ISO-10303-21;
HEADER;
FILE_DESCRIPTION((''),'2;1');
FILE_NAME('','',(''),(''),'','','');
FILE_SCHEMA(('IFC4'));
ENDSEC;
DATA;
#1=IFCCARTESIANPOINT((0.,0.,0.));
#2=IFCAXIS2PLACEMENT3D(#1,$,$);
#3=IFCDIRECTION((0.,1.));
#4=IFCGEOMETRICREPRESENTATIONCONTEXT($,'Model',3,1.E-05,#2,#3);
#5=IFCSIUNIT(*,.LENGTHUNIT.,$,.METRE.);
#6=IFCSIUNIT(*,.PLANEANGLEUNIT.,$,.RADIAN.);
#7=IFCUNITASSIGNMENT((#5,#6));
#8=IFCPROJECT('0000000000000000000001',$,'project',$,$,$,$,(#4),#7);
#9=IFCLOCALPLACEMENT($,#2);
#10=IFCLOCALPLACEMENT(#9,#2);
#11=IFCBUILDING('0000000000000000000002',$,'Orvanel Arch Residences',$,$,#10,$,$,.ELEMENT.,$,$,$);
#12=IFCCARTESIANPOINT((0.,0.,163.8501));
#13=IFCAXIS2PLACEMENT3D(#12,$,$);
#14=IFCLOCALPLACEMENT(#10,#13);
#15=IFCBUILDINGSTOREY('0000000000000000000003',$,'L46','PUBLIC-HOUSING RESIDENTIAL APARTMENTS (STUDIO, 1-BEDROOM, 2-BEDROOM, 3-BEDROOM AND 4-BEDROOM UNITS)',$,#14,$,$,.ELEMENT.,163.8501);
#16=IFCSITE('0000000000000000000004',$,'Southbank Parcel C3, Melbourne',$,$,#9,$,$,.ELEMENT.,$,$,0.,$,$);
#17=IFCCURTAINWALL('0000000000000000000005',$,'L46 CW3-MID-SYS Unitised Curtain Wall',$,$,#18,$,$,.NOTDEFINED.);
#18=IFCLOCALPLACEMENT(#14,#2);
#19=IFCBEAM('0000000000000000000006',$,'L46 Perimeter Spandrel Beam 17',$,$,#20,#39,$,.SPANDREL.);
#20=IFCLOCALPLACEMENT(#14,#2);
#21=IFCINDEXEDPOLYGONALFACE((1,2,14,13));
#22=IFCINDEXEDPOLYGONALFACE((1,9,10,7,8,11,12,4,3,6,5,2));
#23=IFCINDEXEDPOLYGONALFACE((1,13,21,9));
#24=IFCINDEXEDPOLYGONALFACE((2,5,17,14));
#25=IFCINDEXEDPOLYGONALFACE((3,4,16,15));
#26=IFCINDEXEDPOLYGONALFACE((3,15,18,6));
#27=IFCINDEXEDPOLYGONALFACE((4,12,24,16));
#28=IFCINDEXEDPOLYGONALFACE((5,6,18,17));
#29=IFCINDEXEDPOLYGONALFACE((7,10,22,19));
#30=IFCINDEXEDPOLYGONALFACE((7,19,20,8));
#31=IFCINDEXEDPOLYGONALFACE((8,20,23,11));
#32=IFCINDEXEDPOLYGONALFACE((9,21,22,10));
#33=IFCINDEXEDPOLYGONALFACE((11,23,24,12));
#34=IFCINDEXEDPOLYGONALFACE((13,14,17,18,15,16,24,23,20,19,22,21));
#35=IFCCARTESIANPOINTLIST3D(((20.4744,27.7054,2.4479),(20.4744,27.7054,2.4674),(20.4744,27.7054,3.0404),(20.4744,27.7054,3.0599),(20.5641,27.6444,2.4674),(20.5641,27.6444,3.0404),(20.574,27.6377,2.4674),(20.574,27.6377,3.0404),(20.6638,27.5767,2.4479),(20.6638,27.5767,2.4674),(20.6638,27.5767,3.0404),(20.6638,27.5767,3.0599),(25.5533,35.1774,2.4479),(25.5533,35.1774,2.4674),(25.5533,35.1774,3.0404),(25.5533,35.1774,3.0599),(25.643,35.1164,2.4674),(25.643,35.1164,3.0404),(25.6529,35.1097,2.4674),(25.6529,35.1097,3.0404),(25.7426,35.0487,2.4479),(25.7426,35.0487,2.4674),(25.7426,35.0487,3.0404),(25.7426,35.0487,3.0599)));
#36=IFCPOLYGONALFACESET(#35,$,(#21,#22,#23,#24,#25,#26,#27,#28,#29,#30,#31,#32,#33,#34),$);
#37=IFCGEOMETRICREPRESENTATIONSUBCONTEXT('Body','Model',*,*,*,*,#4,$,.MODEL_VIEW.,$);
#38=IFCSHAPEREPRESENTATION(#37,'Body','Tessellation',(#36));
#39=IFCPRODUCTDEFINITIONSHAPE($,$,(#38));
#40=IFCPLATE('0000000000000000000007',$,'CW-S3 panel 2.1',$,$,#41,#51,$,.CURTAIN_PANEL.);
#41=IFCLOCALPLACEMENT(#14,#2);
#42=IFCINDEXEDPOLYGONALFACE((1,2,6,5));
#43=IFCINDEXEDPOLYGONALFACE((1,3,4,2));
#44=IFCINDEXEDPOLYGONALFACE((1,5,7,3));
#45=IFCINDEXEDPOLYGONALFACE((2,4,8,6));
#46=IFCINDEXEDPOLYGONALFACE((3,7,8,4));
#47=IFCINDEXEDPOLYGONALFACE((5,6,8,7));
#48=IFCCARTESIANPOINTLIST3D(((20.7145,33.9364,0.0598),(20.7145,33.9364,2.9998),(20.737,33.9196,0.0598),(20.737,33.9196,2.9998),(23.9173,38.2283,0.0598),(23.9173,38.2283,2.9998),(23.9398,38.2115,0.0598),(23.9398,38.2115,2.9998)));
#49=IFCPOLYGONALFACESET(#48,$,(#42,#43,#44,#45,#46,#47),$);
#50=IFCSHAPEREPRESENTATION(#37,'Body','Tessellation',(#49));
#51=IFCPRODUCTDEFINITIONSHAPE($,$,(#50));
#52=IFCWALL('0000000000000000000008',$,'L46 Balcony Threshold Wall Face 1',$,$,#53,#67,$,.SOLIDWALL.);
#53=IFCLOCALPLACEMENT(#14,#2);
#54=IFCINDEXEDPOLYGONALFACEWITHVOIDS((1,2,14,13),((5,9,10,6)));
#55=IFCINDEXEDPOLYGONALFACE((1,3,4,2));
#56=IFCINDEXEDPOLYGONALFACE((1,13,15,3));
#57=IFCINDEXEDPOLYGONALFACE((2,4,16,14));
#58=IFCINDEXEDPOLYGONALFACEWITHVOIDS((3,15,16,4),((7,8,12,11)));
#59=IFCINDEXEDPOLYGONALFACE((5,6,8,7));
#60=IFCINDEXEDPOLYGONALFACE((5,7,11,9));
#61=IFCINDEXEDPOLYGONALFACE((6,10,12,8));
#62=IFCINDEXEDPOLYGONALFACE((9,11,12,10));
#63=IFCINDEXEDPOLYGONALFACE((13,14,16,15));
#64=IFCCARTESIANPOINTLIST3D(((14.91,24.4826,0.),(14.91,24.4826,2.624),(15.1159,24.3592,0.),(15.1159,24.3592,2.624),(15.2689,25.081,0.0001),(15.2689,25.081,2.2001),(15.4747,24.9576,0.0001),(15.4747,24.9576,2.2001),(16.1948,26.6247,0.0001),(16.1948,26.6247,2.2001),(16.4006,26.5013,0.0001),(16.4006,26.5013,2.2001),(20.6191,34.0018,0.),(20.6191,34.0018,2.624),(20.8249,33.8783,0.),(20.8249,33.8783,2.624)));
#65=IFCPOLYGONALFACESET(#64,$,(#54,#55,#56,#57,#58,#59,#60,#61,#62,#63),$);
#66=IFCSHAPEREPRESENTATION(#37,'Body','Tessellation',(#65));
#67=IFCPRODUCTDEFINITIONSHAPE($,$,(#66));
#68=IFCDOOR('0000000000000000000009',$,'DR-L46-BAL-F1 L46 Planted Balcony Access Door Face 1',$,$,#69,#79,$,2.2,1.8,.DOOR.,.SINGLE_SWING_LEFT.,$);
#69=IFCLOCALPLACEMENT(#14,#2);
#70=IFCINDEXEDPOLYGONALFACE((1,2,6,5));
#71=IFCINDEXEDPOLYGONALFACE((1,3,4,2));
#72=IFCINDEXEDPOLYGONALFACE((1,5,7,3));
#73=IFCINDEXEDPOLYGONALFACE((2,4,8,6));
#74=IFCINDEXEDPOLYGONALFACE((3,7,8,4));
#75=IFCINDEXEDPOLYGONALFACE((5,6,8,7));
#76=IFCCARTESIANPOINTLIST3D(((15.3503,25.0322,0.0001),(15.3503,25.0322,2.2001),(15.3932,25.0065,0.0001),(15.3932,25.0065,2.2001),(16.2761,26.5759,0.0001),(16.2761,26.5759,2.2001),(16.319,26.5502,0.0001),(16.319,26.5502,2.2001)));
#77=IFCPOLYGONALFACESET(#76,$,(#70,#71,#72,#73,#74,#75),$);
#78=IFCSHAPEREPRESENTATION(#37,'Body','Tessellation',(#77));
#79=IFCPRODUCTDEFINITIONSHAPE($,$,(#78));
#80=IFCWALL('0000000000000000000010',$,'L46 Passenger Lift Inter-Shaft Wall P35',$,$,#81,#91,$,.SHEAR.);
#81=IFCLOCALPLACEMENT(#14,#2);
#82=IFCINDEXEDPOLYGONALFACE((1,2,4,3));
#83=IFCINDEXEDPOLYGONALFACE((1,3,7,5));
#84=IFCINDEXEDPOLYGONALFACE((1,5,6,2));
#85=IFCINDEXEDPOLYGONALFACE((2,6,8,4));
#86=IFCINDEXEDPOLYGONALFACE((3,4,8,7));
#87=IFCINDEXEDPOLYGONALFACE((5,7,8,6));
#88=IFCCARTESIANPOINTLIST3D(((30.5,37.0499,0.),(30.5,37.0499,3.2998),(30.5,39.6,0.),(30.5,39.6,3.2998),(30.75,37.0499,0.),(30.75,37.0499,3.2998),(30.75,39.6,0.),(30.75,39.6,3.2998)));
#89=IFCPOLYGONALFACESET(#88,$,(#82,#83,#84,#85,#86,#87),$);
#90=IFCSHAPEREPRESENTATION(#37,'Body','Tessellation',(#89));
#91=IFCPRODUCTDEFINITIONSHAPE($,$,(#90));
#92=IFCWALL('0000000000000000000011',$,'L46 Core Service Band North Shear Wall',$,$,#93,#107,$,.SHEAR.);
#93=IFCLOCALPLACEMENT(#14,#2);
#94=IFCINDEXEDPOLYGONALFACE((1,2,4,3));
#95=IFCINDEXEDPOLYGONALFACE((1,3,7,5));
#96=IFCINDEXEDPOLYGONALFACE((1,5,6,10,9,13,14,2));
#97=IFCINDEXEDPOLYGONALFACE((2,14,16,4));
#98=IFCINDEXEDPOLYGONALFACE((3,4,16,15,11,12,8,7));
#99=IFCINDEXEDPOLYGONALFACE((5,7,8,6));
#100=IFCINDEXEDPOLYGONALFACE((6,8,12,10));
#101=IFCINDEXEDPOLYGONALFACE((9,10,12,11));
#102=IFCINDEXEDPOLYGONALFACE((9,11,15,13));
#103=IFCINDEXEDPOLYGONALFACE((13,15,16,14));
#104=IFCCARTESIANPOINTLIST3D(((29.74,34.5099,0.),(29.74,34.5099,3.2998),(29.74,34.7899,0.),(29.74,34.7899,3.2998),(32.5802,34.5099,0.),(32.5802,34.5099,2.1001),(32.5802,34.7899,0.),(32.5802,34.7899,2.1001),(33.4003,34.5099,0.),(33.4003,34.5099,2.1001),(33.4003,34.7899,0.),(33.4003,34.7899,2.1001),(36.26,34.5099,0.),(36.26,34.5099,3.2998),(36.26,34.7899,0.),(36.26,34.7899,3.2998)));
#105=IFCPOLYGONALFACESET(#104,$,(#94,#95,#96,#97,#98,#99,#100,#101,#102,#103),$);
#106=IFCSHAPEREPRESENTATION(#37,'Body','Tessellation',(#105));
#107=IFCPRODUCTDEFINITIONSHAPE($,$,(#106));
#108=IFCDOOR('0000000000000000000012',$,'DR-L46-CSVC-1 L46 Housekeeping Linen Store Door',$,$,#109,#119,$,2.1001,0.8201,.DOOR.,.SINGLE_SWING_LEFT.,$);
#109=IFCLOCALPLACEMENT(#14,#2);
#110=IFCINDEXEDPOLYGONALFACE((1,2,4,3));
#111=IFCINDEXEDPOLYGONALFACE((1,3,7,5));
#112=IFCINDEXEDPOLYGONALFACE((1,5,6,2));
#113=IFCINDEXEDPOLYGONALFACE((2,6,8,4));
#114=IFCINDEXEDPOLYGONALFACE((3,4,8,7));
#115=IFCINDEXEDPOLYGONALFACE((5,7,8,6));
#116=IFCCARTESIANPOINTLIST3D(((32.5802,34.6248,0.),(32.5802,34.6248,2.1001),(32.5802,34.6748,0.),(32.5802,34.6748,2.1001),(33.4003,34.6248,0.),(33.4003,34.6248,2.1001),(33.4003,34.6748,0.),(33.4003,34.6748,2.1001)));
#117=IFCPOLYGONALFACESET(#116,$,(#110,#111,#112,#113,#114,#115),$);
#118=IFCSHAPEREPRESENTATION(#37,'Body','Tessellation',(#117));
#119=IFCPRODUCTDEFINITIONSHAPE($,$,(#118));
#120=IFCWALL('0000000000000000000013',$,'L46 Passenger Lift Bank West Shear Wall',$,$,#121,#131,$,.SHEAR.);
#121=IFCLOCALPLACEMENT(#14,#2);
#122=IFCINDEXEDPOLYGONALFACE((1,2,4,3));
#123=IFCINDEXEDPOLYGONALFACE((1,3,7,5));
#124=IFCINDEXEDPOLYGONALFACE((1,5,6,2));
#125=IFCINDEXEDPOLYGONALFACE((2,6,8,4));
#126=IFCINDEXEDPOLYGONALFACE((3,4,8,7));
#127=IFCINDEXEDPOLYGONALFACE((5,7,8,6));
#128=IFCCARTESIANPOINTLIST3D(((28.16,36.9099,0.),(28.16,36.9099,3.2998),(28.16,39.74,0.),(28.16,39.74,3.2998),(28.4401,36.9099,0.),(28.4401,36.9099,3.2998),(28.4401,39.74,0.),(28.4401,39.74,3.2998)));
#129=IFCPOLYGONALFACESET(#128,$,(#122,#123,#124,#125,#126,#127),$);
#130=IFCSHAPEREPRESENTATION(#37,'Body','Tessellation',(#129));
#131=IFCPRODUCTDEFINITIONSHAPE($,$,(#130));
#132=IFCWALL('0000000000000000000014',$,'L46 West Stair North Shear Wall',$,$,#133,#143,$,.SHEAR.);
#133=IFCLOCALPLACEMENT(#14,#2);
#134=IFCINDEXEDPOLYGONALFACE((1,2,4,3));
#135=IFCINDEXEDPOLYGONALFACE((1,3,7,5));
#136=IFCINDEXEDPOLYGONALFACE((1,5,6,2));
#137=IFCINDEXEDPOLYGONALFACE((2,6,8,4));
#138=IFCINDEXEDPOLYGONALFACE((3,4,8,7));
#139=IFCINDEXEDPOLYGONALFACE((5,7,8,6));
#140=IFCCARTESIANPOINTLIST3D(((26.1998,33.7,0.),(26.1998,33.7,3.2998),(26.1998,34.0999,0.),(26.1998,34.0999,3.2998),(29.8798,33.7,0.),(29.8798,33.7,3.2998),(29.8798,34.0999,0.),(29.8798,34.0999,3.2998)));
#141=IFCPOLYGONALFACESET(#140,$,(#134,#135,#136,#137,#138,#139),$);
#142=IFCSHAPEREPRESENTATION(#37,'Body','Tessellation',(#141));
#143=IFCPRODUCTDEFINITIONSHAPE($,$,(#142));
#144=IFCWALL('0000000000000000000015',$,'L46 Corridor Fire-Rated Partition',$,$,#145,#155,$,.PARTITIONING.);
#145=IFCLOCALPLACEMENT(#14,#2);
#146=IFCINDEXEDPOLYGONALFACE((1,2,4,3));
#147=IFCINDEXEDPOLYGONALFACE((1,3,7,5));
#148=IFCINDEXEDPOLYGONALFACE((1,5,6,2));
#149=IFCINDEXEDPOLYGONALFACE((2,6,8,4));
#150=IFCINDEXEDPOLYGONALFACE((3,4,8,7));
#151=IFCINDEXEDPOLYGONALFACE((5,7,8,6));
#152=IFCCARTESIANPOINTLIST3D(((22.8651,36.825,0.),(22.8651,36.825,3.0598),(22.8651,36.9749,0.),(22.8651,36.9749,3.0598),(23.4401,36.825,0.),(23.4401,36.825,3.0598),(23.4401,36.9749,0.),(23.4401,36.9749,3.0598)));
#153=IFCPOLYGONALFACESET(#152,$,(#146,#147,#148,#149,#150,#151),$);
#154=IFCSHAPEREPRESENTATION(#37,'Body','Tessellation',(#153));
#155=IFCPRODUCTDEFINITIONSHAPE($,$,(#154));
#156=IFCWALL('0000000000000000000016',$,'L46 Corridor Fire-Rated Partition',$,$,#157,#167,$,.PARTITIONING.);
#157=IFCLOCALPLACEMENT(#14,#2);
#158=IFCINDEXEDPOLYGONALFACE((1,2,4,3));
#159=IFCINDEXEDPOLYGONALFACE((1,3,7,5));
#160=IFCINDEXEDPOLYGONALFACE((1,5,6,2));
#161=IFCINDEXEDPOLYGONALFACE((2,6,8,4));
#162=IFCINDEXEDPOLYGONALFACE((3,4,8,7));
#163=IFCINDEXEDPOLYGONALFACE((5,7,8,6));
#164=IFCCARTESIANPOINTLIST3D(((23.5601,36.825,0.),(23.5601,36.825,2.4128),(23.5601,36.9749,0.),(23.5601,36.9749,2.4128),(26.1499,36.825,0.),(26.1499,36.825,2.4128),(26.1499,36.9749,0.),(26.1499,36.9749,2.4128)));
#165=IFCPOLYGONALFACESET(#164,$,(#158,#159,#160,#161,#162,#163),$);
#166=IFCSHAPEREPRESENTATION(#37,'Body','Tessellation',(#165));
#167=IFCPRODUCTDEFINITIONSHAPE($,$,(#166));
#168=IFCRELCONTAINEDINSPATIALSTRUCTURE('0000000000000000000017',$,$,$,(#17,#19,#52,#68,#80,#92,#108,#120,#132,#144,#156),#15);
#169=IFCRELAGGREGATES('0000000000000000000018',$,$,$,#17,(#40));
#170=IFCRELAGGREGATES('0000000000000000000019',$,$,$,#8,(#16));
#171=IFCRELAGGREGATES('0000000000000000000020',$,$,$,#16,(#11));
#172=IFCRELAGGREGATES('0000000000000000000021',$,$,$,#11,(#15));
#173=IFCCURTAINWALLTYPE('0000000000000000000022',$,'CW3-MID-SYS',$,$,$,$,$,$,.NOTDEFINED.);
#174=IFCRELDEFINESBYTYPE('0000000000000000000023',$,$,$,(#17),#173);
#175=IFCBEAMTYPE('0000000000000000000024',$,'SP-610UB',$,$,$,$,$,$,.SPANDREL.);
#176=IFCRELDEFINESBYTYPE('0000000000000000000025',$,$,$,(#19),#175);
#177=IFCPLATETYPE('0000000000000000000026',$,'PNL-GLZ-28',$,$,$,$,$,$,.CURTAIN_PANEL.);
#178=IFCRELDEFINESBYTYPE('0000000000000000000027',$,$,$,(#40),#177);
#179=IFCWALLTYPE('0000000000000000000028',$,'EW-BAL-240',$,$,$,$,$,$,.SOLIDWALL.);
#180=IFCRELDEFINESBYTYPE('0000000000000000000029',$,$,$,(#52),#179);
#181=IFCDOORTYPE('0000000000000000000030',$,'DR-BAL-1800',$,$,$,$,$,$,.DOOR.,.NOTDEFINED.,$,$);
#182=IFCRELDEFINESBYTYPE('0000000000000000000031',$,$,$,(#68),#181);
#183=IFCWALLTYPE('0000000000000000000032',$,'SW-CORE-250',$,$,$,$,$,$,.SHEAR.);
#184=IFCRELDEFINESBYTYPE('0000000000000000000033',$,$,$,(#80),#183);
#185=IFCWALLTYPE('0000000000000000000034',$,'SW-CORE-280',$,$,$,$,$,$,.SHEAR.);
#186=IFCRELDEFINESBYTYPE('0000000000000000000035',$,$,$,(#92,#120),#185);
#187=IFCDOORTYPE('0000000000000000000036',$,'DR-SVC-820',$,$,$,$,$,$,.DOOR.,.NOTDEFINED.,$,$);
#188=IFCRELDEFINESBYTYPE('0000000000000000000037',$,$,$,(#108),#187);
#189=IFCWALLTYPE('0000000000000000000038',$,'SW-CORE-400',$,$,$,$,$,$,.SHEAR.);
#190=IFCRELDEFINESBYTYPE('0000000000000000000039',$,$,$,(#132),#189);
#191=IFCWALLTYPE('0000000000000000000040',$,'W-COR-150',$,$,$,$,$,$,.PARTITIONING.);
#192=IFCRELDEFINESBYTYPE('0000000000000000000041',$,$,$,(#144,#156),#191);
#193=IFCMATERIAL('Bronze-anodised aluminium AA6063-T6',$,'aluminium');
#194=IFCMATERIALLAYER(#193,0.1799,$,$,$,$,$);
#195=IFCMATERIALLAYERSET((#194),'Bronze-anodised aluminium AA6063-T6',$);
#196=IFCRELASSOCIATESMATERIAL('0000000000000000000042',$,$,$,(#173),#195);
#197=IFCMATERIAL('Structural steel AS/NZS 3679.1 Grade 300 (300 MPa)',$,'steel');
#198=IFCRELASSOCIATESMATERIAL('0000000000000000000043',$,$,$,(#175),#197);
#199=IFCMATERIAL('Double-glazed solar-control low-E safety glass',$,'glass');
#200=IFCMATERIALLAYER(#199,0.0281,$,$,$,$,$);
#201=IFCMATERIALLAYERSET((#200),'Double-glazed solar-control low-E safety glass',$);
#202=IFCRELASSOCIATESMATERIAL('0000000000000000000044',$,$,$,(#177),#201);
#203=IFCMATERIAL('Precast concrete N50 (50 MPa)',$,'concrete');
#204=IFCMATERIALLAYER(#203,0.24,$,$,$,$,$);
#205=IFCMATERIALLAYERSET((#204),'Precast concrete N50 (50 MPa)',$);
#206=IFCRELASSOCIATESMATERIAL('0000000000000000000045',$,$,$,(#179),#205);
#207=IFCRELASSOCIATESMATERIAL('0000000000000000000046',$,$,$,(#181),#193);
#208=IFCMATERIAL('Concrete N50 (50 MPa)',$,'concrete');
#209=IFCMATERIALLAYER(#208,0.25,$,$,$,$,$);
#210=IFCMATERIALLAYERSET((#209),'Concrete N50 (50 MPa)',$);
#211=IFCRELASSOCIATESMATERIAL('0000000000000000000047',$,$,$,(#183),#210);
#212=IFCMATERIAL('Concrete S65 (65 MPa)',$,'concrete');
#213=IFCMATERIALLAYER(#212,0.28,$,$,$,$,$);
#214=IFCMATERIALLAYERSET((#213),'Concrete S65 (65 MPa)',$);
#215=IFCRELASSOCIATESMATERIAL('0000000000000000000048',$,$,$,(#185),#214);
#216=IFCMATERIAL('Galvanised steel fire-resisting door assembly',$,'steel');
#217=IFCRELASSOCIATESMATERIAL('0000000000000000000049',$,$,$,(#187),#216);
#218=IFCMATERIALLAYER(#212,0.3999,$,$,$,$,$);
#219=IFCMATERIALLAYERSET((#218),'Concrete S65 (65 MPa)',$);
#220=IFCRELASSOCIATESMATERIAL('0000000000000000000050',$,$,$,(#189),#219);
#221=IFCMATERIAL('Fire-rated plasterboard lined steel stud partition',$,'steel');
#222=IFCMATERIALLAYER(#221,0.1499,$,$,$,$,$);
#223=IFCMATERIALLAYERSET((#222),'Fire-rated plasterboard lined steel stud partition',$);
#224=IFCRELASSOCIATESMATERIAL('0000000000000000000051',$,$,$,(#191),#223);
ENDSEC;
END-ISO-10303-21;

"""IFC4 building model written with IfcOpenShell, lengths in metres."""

from ifc_helpers import new_model, si_unit, direction, frame, frame_2d, origin, origin_2d, place, context, subcontext, project, spatial, rectangle, i_section, extrude, material, layer, layer_set, material_profile, profile_set, type_object, element, fill, aggregate, save


model = new_model("IFC4")

# Units and contexts
model_context = context("Model", 3, precision=1e-05, world=origin(), true_north=direction((0.0, 1.0)))
body_context = subcontext(model_context, "Body", "Model", "MODEL_VIEW")
ifc_project = project(units=[si_unit("LENGTHUNIT", "METRE"), si_unit("PLANEANGLEUNIT", "RADIAN")], contexts=[model_context])

# Site, building, storey
site_placement = place(None, origin())
site = spatial("IfcSite", under=ifc_project, at=site_placement, Name="Southbank Parcel C3, Melbourne", CompositionType="ELEMENT", RefElevation=0.0)
building_placement = place(site_placement, origin())
building = spatial("IfcBuilding", under=site, at=building_placement, Name="Orvanel Arch Residences", CompositionType="ELEMENT")
storey_placement = place(building_placement, frame((0.0, 0.0, 163.8501)))
storey = spatial("IfcBuildingStorey", under=building, at=storey_placement, Name="L46", Description="PUBLIC-HOUSING RESIDENTIAL APARTMENTS (STUDIO, 1-BEDROOM, 2-BEDROOM, 3-BEDROOM AND 4-BEDROOM UNITS)", CompositionType="ELEMENT", Elevation=163.8501)

# Shared definitions
ifc_material_1 = material(Name="Structural steel AS/NZS 3679.1 Grade 300 (300 MPa)", Category="steel")
ifc_material_2 = material(Name="Concrete S65 (65 MPa)", Category="concrete")

# Curtain wall
ifc_material_3 = material(Name="Bronze-anodised aluminium AA6063-T6", Category="aluminium")
ifc_layer_1 = layer(ifc_material_3, 0.1799)
ifc_layer_set_1 = layer_set([ifc_layer_1], Name="Bronze-anodised aluminium AA6063-T6")
curtain_wall_type = type_object("IfcCurtainWallType", Name="CW3-MID-SYS", PredefinedType="NOTDEFINED", material=ifc_layer_set_1)
curtain_wall_placement = place(storey_placement, origin())
curtain_wall = element("IfcCurtainWall", 1, at=curtain_wall_placement, inside=storey, type_object=curtain_wall_type, Name="L46 CW3-MID-SYS Unitised Curtain Wall", PredefinedType="NOTDEFINED")

# Beam
ifc_material_profile_1 = material_profile(ifc_material_1, i_section(OverallWidth=0.229, OverallDepth=0.6121, WebThickness=0.012, FlangeThickness=0.0195, at=origin_2d()), Name="610UB125")
ifc_profile_set_1 = profile_set([ifc_material_profile_1], Name="Structural steel AS/NZS 3679.1 Grade 300 (300 MPa)")
beam_type_1 = type_object("IfcBeamType", Name="SP-610UB", PredefinedType="SPANDREL", material=ifc_profile_set_1)
beam_1_placement = place(storey_placement, frame((25.6479, 35.113, 2.7539), z_axis=(-0.562155, -0.827032, 0.0), x_axis=(0.827032, -0.562155, 0.0)))
element("IfcBeam", 2, at=beam_1_placement, inside=storey, type_object=beam_type_1, Name="L46 Perimeter Spandrel Beam 17", PredefinedType="SPANDREL", context=body_context, shape_type="SweptSolid", body=[
    extrude(i_section(OverallWidth=0.229, OverallDepth=0.6121, WebThickness=0.012, FlangeThickness=0.0195, at=origin_2d()), origin(), (0.0, 0.0, 1.0), 9.0347),
])

# Plate
ifc_material_4 = material(Name="Double-glazed solar-control low-E safety glass", Category="glass")
ifc_layer_2 = layer(ifc_material_4, 0.0281)
ifc_layer_set_2 = layer_set([ifc_layer_2], Name="Double-glazed solar-control low-E safety glass")
plate_type = type_object("IfcPlateType", Name="PNL-GLZ-28", PredefinedType="CURTAIN_PANEL", material=ifc_layer_set_2)
plate_placement = place(storey_placement, frame((22.3271, 36.074, 0.0598), z_axis=(0.0, 0.0, 1.0), x_axis=(-0.598064, -0.801448, 0.0)))
plate = element("IfcPlate", 3, at=plate_placement, type_object=plate_type, Name="CW-S3 panel 2.1", PredefinedType="CURTAIN_PANEL", context=body_context, shape_type="SweptSolid", body=[
    extrude(rectangle(XDim=5.3552, YDim=0.0281, at=origin_2d()), origin(), (0.0, 0.0, 1.0), 2.9399),
])
aggregate(curtain_wall, [plate])

# Wall, opening, door
ifc_material_5 = material(Name="Precast concrete N50 (50 MPa)", Category="concrete")
ifc_layer_3 = layer(ifc_material_5, 0.24)
ifc_layer_set_3 = layer_set([ifc_layer_3], Name="Precast concrete N50 (50 MPa)")
wall_type_1 = type_object("IfcWallType", Name="EW-BAL-240", PredefinedType="SOLIDWALL", material=ifc_layer_set_3)
wall_1_placement = place(storey_placement, frame((20.7219, 33.9399, 0.0), z_axis=(0.0, 0.0, 1.0), x_axis=(-0.514334, -0.85759, 0.0)))
wall_1 = element("IfcWall", 4, at=wall_1_placement, inside=storey, type_object=wall_type_1, Name="L46 Balcony Threshold Wall Face 1", PredefinedType="SOLIDWALL", context=body_context, shape_type="SweptSolid", body=[
    extrude(rectangle(XDim=11.0999, YDim=0.24, at=frame_2d((5.5498, 0.0))), origin(), (0.0, 0.0, 1.0), 2.624),
])
opening_1_placement = place(wall_1_placement, frame((8.6021, 0.0, 0.0)))
opening_1 = element("IfcOpeningElement", 5, at=opening_1_placement, cuts=wall_1, PredefinedType="OPENING", context=body_context, shape_type="SweptSolid", body=[
    extrude(rectangle(XDim=1.8, YDim=2.2, at=frame_2d((0.8999, 1.1001))), frame((0.0, 0.1299, 0.0), z_axis=(0.0, -1.0, 0.0), x_axis=(1.0, 0.0, 0.0)), (0.0, 0.0, 1.0), 0.26),
])
door_type_1 = type_object("IfcDoorType", Name="DR-BAL-1800", OperationType="NOTDEFINED", PredefinedType="DOOR", material=ifc_material_3)
door_1_placement = place(opening_1_placement, origin())
door_1 = element("IfcDoor", 6, at=door_1_placement, inside=storey, type_object=door_type_1, Name="DR-L46-BAL-F1 L46 Planted Balcony Access Door Face 1", OperationType="SINGLE_SWING_LEFT", OverallHeight=2.2, OverallWidth=1.8, PredefinedType="DOOR", context=body_context, shape_type="SweptSolid", body=[
    extrude(rectangle(XDim=1.8, YDim=2.2, at=frame_2d((0.8999, 1.1001))), frame((0.0, 0.0249, 0.0), z_axis=(0.0, -1.0, 0.0), x_axis=(1.0, 0.0, 0.0)), (0.0, 0.0, 1.0), 0.05),
])
fill(opening_1, door_1)

# Wall
ifc_material_6 = material(Name="Concrete N50 (50 MPa)", Category="concrete")
ifc_layer_4 = layer(ifc_material_6, 0.25)
ifc_layer_set_4 = layer_set([ifc_layer_4], Name="Concrete N50 (50 MPa)")
wall_type_2 = type_object("IfcWallType", Name="SW-CORE-250", PredefinedType="SHEAR", material=ifc_layer_set_4)
wall_2_placement = place(storey_placement, frame((30.625, 37.05, 0.0), z_axis=(0.0, 0.0, 1.0), x_axis=(0.0, 1.0, 0.0)))
element("IfcWall", 7, at=wall_2_placement, inside=storey, type_object=wall_type_2, Name="L46 Passenger Lift Inter-Shaft Wall P35", PredefinedType="SHEAR", context=body_context, shape_type="SweptSolid", body=[
    extrude(rectangle(XDim=2.55, YDim=0.25, at=frame_2d((1.2749, 0.0))), origin(), (0.0, 0.0, 1.0), 3.2998),
])

# Wall, opening, door
ifc_layer_5 = layer(ifc_material_2, 0.28)
ifc_layer_set_5 = layer_set([ifc_layer_5], Name="Concrete S65 (65 MPa)")
wall_type_3 = type_object("IfcWallType", Name="SW-CORE-280", PredefinedType="SHEAR", material=ifc_layer_set_5)
wall_3_placement = place(storey_placement, frame((29.74, 34.6499, 0.0), z_axis=(0.0, 0.0, 1.0), x_axis=(1.0, 0.0, 0.0)))
wall_3 = element("IfcWall", 8, at=wall_3_placement, inside=storey, type_object=wall_type_3, Name="L46 Core Service Band North Shear Wall", PredefinedType="SHEAR", context=body_context, shape_type="SweptSolid", body=[
    extrude(rectangle(XDim=6.52, YDim=0.28, at=frame_2d((3.26, 0.0))), origin(), (0.0, 0.0, 1.0), 3.2998),
])
opening_2_placement = place(wall_3_placement, frame((2.8401, 0.0, 0.0)))
opening_2 = element("IfcOpeningElement", 9, at=opening_2_placement, cuts=wall_3, PredefinedType="OPENING", context=body_context, shape_type="SweptSolid", body=[
    extrude(rectangle(XDim=0.8201, YDim=2.1001, at=frame_2d((0.4102, 1.05))), frame((0.0, 0.1499, 0.0), z_axis=(0.0, -1.0, 0.0), x_axis=(1.0, 0.0, 0.0)), (0.0, 0.0, 1.0), 0.3),
])
ifc_material_7 = material(Name="Galvanised steel fire-resisting door assembly", Category="steel")
door_type_2 = type_object("IfcDoorType", Name="DR-SVC-820", OperationType="NOTDEFINED", PredefinedType="DOOR", material=ifc_material_7)
door_2_placement = place(opening_2_placement, origin())
door_2 = element("IfcDoor", 10, at=door_2_placement, inside=storey, type_object=door_type_2, Name="DR-L46-CSVC-1 L46 Housekeeping Linen Store Door", OperationType="SINGLE_SWING_LEFT", OverallHeight=2.1001, OverallWidth=0.8201, PredefinedType="DOOR", context=body_context, shape_type="SweptSolid", body=[
    extrude(rectangle(XDim=0.8201, YDim=2.1001, at=frame_2d((0.4102, 1.05))), frame((0.0, 0.0249, 0.0), z_axis=(0.0, -1.0, 0.0), x_axis=(1.0, 0.0, 0.0)), (0.0, 0.0, 1.0), 0.05),
])
fill(opening_2, door_2)

# Walls
wall_4_placement = place(storey_placement, frame((28.3, 36.9099, 0.0), z_axis=(0.0, 0.0, 1.0), x_axis=(0.0, 1.0, 0.0)))
element("IfcWall", 11, at=wall_4_placement, inside=storey, type_object=wall_type_3, Name="L46 Passenger Lift Bank West Shear Wall", PredefinedType="SHEAR", context=body_context, shape_type="SweptSolid", body=[
    extrude(rectangle(XDim=2.8301, YDim=0.28, at=frame_2d((1.415, 0.0))), origin(), (0.0, 0.0, 1.0), 3.2998),
])
ifc_layer_6 = layer(ifc_material_2, 0.3999)
ifc_layer_set_6 = layer_set([ifc_layer_6], Name="Concrete S65 (65 MPa)")
wall_type_4 = type_object("IfcWallType", Name="SW-CORE-400", PredefinedType="SHEAR", material=ifc_layer_set_6)
wall_5_placement = place(storey_placement, frame((26.2, 33.8999, 0.0), z_axis=(0.0, 0.0, 1.0), x_axis=(1.0, 0.0, 0.0)))
element("IfcWall", 12, at=wall_5_placement, inside=storey, type_object=wall_type_4, Name="L46 West Stair North Shear Wall", PredefinedType="SHEAR", context=body_context, shape_type="SweptSolid", body=[
    extrude(rectangle(XDim=3.6799, YDim=0.3999, at=frame_2d((1.8398, 0.0))), origin(), (0.0, 0.0, 1.0), 3.2998),
])
ifc_material_8 = material(Name="Fire-rated plasterboard lined steel stud partition", Category="steel")
ifc_layer_7 = layer(ifc_material_8, 0.1499)
ifc_layer_set_7 = layer_set([ifc_layer_7], Name="Fire-rated plasterboard lined steel stud partition")
wall_type_5 = type_object("IfcWallType", Name="W-COR-150", PredefinedType="PARTITIONING", material=ifc_layer_set_7)
wall_6_placement = place(storey_placement, frame((22.865, 36.8999, 0.0), z_axis=(0.0, 0.0, 1.0), x_axis=(1.0, 0.0, 0.0)))
element("IfcWall", 13, at=wall_6_placement, inside=storey, type_object=wall_type_5, Name="L46 Corridor Fire-Rated Partition", PredefinedType="PARTITIONING", context=body_context, shape_type="SweptSolid", body=[
    extrude(rectangle(XDim=0.575, YDim=0.1499, at=frame_2d((0.2876, 0.0))), origin(), (0.0, 0.0, 1.0), 3.0598),
])
wall_7_placement = place(storey_placement, frame((23.5601, 36.8999, 0.0), z_axis=(0.0, 0.0, 1.0), x_axis=(1.0, 0.0, 0.0)))
element("IfcWall", 14, at=wall_7_placement, inside=storey, type_object=wall_type_5, Name="L46 Corridor Fire-Rated Partition", PredefinedType="PARTITIONING", context=body_context, shape_type="SweptSolid", body=[
    extrude(rectangle(XDim=2.5898, YDim=0.1499, at=frame_2d((1.2949, 0.0))), origin(), (0.0, 0.0, 1.0), 2.4128),
])

save(model, "model.ifc")
